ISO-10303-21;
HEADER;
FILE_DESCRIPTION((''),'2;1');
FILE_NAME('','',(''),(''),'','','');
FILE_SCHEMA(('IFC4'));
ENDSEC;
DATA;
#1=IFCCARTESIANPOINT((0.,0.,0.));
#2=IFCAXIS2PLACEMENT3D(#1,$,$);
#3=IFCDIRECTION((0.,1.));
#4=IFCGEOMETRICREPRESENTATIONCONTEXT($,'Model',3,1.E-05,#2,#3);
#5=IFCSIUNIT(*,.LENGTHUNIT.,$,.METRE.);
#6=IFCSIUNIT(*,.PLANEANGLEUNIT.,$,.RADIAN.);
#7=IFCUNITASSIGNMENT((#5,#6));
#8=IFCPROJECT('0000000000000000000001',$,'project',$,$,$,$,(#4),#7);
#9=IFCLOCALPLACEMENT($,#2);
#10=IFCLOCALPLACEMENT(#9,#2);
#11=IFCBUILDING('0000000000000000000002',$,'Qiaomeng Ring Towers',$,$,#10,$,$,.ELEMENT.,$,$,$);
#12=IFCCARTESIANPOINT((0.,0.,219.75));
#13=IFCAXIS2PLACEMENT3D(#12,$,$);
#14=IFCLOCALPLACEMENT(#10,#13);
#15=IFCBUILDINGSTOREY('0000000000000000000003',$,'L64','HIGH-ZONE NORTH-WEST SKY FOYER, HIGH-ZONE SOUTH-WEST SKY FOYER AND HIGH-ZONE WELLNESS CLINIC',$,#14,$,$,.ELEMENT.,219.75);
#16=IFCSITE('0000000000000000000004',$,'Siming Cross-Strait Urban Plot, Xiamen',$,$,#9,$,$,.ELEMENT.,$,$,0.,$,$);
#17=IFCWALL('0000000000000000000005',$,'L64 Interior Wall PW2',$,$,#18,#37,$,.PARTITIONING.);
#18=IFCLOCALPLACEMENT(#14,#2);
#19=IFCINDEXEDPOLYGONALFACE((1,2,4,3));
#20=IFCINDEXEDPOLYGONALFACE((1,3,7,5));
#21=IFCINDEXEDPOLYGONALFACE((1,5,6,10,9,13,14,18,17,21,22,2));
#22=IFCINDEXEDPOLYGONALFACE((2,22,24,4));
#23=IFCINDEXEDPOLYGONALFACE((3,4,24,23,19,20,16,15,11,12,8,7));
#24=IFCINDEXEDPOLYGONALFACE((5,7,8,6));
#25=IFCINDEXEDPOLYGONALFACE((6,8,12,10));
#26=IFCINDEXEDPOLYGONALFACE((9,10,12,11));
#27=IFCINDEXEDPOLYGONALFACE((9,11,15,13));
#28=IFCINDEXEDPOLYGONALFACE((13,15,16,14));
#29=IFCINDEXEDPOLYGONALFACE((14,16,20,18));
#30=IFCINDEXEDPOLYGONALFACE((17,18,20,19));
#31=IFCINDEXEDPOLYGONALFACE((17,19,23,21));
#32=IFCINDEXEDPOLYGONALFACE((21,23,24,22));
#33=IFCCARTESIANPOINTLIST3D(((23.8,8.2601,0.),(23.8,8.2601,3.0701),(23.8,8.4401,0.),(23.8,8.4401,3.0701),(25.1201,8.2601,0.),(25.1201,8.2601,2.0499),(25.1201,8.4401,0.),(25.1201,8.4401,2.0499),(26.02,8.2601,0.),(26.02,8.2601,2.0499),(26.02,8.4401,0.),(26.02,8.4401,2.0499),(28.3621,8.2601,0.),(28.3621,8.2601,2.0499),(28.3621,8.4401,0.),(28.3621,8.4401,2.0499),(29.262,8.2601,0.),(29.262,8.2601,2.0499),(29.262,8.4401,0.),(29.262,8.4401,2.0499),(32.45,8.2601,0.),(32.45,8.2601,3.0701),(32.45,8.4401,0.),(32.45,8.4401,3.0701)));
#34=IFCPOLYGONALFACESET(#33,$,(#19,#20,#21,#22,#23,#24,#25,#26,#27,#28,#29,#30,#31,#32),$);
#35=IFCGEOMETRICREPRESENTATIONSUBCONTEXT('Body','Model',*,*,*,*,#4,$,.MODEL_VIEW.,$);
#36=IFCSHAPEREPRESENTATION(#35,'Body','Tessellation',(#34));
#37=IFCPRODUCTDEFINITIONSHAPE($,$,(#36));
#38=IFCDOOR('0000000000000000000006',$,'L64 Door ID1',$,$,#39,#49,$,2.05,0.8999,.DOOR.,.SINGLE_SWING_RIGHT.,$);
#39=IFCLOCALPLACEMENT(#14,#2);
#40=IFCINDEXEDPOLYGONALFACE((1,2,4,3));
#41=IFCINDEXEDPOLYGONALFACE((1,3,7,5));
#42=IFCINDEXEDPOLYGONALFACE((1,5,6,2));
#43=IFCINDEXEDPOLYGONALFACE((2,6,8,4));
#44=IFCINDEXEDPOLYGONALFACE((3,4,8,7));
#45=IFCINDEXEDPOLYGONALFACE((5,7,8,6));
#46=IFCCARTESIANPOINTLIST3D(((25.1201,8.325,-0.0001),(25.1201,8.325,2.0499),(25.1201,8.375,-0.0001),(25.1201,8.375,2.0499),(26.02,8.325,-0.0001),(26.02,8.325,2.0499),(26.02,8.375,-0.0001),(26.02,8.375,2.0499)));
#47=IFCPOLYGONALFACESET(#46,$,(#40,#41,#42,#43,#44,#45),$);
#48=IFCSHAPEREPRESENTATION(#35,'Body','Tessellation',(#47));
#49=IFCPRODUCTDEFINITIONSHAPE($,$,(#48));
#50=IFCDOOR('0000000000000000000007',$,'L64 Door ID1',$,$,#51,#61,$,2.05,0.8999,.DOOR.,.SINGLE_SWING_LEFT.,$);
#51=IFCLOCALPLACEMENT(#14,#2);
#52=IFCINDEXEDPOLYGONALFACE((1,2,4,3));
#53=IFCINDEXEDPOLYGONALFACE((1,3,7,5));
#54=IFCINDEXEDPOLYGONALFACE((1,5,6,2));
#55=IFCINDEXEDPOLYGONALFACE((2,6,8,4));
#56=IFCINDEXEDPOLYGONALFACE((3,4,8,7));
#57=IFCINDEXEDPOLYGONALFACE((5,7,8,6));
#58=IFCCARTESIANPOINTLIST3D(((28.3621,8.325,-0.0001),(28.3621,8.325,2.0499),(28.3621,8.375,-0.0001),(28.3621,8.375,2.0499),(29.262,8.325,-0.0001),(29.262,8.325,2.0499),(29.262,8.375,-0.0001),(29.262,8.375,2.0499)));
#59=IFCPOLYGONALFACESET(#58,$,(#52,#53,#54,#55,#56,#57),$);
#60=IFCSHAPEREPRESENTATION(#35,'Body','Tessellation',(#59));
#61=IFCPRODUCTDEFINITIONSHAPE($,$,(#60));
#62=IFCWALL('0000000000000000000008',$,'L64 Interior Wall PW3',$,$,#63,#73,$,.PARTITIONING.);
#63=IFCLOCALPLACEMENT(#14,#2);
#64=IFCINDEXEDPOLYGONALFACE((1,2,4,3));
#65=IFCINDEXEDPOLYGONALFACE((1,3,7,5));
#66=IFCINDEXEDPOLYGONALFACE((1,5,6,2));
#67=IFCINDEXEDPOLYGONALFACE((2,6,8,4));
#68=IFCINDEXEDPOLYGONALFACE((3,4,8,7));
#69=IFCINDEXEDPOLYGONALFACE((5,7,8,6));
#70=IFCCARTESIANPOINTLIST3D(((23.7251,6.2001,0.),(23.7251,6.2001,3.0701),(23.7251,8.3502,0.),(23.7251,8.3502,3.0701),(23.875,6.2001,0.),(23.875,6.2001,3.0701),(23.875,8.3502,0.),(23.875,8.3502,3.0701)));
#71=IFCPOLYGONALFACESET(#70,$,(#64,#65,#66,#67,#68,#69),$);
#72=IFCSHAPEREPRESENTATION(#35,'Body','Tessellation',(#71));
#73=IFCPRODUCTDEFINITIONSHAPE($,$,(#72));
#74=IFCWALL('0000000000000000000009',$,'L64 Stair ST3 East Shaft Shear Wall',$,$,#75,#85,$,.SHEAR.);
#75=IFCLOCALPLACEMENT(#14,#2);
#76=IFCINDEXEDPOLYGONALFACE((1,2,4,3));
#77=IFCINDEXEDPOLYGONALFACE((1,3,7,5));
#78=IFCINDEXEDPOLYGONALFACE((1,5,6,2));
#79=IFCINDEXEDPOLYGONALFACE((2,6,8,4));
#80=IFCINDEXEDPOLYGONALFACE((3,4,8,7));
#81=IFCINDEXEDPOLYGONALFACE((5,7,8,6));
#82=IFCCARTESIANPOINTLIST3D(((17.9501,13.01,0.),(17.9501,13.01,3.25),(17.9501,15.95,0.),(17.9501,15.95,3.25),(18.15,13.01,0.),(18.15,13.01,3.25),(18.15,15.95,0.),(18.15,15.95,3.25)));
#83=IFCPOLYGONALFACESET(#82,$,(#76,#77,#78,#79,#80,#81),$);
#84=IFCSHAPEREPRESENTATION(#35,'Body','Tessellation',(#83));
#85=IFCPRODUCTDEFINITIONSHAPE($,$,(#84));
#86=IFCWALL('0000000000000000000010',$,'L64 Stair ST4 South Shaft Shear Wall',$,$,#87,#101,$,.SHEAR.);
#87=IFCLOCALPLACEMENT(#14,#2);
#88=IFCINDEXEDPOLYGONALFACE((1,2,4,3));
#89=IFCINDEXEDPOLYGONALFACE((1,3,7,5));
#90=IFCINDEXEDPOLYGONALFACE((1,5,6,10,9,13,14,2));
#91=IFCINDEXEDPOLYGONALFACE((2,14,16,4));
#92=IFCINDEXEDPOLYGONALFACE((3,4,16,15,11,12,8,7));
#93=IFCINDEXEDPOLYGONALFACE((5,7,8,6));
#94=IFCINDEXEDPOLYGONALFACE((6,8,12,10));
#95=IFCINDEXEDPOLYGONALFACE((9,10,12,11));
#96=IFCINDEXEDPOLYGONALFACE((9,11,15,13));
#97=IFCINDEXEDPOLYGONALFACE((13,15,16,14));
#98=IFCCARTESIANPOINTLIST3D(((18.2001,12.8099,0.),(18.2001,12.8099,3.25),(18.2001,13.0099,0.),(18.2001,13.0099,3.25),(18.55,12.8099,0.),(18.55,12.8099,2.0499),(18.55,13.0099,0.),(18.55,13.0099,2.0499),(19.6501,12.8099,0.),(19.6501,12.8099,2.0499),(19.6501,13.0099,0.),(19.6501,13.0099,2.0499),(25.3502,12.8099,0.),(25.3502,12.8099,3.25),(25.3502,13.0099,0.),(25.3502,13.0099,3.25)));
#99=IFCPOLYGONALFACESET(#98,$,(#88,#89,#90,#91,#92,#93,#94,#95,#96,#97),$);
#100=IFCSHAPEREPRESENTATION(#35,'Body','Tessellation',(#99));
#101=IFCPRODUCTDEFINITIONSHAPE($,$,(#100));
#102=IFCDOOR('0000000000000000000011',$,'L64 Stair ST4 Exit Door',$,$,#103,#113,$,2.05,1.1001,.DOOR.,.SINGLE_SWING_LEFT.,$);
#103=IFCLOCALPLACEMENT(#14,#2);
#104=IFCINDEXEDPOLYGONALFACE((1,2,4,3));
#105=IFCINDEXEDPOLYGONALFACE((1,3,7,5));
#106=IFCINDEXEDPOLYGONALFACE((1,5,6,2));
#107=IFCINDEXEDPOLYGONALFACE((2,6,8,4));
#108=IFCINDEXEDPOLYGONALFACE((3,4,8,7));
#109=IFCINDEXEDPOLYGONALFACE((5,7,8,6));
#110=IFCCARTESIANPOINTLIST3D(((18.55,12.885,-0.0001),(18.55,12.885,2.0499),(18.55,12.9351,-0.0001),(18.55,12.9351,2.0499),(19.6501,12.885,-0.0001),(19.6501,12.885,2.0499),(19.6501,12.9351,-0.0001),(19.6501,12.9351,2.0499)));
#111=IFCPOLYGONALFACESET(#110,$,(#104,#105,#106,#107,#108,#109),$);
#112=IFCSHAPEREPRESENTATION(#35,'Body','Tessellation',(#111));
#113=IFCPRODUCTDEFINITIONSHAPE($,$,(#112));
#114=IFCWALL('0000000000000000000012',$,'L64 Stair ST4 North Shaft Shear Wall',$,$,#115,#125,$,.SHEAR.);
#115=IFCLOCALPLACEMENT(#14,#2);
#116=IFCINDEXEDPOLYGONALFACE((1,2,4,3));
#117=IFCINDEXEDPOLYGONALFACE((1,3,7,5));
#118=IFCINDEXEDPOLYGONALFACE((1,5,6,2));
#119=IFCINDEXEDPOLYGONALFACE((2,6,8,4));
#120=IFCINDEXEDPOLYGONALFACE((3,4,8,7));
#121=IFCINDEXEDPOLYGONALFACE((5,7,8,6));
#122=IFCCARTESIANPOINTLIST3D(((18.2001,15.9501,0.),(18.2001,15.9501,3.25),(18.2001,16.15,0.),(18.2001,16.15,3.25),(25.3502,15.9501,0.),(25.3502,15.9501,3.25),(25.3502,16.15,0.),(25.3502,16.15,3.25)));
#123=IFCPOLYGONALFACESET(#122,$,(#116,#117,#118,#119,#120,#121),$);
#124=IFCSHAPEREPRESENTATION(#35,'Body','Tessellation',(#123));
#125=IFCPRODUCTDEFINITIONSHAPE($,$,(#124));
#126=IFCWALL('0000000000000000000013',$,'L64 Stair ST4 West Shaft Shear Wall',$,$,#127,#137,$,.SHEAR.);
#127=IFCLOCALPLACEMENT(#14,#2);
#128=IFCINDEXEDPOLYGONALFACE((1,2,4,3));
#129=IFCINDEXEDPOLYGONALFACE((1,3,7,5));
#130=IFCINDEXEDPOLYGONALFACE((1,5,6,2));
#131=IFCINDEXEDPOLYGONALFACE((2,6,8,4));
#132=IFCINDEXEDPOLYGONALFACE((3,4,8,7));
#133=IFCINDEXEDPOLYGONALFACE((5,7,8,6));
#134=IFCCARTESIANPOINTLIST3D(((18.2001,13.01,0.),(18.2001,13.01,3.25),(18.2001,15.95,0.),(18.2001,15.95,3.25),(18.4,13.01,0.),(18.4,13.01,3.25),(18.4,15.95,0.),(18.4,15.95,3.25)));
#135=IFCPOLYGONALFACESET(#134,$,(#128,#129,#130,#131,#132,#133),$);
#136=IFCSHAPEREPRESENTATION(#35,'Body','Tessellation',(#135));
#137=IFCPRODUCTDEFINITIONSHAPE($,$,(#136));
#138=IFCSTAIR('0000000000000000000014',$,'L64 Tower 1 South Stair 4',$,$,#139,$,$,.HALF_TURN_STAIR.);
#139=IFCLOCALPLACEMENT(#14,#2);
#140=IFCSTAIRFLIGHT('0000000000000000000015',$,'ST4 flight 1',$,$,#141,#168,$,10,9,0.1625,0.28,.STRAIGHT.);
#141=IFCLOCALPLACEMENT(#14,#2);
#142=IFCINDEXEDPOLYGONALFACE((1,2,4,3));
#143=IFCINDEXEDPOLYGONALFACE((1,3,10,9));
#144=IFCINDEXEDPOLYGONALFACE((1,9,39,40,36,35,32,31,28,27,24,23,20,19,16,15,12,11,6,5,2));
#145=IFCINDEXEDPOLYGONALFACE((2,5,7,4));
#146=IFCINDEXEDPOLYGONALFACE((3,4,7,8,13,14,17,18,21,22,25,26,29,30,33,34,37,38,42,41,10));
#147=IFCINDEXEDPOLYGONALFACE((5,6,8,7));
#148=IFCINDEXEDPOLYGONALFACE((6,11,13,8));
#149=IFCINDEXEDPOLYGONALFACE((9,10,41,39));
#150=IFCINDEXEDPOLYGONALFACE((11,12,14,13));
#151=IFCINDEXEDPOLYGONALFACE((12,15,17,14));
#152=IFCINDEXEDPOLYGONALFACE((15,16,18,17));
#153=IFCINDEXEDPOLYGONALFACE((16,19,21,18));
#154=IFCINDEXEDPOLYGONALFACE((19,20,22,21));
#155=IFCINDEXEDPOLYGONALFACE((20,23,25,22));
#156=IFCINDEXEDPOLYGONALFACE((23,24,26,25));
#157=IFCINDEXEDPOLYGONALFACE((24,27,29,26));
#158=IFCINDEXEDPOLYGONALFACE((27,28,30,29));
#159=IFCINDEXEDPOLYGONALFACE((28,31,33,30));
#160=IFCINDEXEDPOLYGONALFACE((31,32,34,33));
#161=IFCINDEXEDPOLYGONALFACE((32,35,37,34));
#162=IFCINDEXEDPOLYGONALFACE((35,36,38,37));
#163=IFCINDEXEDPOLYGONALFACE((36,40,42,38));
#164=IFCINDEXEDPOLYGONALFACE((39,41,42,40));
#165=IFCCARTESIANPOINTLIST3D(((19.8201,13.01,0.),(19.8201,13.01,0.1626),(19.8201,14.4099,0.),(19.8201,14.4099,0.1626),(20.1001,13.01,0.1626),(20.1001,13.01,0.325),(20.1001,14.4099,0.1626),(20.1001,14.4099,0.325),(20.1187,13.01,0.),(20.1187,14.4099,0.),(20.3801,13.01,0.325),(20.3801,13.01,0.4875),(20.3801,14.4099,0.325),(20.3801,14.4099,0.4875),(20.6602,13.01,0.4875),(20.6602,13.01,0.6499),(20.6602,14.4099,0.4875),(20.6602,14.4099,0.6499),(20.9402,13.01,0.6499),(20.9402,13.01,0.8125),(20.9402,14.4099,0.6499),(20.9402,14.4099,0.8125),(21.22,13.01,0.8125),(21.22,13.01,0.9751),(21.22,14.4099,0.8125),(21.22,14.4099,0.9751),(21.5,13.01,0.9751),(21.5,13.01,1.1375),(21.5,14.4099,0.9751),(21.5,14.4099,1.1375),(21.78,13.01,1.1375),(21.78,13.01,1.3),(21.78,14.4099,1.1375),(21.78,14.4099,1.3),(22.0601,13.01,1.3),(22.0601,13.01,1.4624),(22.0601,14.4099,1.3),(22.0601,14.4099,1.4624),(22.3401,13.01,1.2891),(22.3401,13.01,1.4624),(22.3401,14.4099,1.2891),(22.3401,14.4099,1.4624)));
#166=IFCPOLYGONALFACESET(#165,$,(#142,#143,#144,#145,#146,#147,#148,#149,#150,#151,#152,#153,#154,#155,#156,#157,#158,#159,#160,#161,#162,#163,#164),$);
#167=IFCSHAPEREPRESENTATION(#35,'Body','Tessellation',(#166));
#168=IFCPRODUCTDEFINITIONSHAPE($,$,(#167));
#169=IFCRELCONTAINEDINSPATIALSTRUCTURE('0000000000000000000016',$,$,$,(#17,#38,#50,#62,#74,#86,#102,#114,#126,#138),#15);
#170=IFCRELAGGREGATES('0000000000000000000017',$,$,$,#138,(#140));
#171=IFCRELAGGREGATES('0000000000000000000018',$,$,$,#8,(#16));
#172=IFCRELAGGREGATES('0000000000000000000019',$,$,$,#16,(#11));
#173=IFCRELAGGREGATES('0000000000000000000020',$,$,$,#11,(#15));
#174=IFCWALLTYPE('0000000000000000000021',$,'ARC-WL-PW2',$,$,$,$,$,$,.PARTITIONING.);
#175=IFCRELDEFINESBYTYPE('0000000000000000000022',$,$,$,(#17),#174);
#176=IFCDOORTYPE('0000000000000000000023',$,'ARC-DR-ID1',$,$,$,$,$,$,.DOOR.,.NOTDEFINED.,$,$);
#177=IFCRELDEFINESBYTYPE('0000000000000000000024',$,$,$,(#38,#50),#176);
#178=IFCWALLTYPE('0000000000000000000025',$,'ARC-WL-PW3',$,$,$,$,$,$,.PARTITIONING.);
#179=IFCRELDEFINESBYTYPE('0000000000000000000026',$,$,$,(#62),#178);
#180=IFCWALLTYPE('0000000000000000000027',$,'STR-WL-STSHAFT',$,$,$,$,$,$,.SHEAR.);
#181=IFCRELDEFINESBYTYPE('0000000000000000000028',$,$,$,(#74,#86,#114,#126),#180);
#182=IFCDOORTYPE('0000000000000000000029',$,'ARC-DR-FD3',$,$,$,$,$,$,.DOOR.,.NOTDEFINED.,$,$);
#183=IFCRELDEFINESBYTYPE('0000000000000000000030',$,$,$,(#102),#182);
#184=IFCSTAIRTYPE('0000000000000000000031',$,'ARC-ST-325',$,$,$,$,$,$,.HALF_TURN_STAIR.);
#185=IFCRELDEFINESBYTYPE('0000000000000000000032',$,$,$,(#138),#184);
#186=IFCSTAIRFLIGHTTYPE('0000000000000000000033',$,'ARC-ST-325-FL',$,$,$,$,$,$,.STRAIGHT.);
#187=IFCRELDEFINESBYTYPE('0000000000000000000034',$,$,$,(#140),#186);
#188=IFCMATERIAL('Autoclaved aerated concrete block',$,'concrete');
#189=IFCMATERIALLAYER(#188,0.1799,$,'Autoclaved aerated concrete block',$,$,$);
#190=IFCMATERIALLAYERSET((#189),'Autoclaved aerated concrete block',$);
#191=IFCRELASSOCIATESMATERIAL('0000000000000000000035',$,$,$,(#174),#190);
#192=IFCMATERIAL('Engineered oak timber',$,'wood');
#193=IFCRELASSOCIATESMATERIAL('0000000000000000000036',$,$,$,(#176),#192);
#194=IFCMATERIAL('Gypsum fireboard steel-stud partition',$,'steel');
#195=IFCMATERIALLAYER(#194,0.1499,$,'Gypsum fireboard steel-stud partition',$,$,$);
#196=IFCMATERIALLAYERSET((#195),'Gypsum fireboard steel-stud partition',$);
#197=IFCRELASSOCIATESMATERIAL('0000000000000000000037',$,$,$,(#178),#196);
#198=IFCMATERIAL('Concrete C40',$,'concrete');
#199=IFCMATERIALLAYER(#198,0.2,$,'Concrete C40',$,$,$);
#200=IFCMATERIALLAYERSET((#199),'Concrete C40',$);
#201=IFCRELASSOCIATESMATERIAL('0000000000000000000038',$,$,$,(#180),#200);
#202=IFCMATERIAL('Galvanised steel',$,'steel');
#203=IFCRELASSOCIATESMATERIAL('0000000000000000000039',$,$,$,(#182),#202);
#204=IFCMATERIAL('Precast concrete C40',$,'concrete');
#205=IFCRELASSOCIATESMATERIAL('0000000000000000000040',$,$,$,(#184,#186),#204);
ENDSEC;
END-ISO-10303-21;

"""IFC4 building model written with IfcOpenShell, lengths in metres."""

from ifc_helpers import new_model, si_unit, direction, frame, frame_2d, origin, place, context, subcontext, project, spatial, polyline, rectangle, outline, extrude, source, transform, mapped, material, layer, layer_set, type_object, element, fill, aggregate, save


model = new_model("IFC4")

# Units and contexts
model_context = context("Model", 3, precision=1e-05, world=origin(), true_north=direction((0.0, 1.0)))
body_context = subcontext(model_context, "Body", "Model", "MODEL_VIEW")
ifc_project = project(units=[si_unit("LENGTHUNIT", "METRE"), si_unit("PLANEANGLEUNIT", "RADIAN")], contexts=[model_context])

# Site, building, storey
site_placement = place(None, origin())
site = spatial("IfcSite", under=ifc_project, at=site_placement, Name="Siming Cross-Strait Urban Plot, Xiamen", CompositionType="ELEMENT", RefElevation=0.0)
building_placement = place(site_placement, origin())
building = spatial("IfcBuilding", under=site, at=building_placement, Name="Qiaomeng Ring Towers", CompositionType="ELEMENT")
storey_placement = place(building_placement, frame((0.0, 0.0, 219.75)))
storey = spatial("IfcBuildingStorey", under=building, at=storey_placement, Name="L64", Description="HIGH-ZONE NORTH-WEST SKY FOYER, HIGH-ZONE SOUTH-WEST SKY FOYER AND HIGH-ZONE WELLNESS CLINIC", CompositionType="ELEMENT", Elevation=219.75)

# Shared definitions
ifc_material_1 = material(Name="Autoclaved aerated concrete block", Category="concrete")

# Wall, openings, doors
ifc_layer_1 = layer(ifc_material_1, 0.1799, Name="Autoclaved aerated concrete block")
ifc_layer_set_1 = layer_set([ifc_layer_1], Name="Autoclaved aerated concrete block")
wall_type_1 = type_object("IfcWallType", Name="ARC-WL-PW2", PredefinedType="PARTITIONING", material=ifc_layer_set_1)
wall_1_placement = place(storey_placement, frame((23.8, 8.3501, 0.0), z_axis=(0.0, 0.0, 1.0), x_axis=(1.0, 0.0, 0.0)))
wall_1 = element("IfcWall", 1, at=wall_1_placement, inside=storey, type_object=wall_type_1, Name="L64 Interior Wall PW2", PredefinedType="PARTITIONING", context=body_context, shape_type="SweptSolid", body=[
    extrude(rectangle(XDim=8.6499, YDim=0.1799, at=frame_2d((4.325, 0.0))), origin(), (0.0, 0.0, 1.0), 3.0701),
])
opening_1_placement = place(wall_1_placement, frame((1.3201, 0.0, 0.0)))
opening_1 = element("IfcOpeningElement", 2, at=opening_1_placement, cuts=wall_1, PredefinedType="OPENING", context=body_context, shape_type="SweptSolid", body=[
    extrude(rectangle(XDim=0.8999, YDim=2.05, at=frame_2d((0.45, 1.0249))), frame((0.0, 0.0999, 0.0), z_axis=(0.0, -1.0, 0.0), x_axis=(1.0, 0.0, 0.0)), (0.0, 0.0, 1.0), 0.2),
])
opening_2_placement = place(wall_1_placement, frame((4.562, 0.0, 0.0)))
opening_2 = element("IfcOpeningElement", 3, at=opening_2_placement, cuts=wall_1, PredefinedType="OPENING", context=body_context, shape_type="SweptSolid", body=[
    extrude(rectangle(XDim=0.8999, YDim=2.05, at=frame_2d((0.45, 1.0249))), frame((0.0, 0.0999, 0.0), z_axis=(0.0, -1.0, 0.0), x_axis=(1.0, 0.0, 0.0)), (0.0, 0.0, 1.0), 0.2),
])
ifc_material_2 = material(Name="Engineered oak timber", Category="wood")
door_type_1 = type_object("IfcDoorType", Name="ARC-DR-ID1", OperationType="NOTDEFINED", PredefinedType="DOOR", material=ifc_material_2)
shared_shape_1 = source(origin(), body_context, "Body", "SweptSolid", [
    extrude(rectangle(XDim=0.8999, YDim=2.05, at=frame_2d((0.45, 1.0249))), frame((0.0, 0.0249, 0.0), z_axis=(0.0, -1.0, 0.0), x_axis=(1.0, 0.0, 0.0)), (0.0, 0.0, 1.0), 0.05),
])
door_1_placement = place(opening_1_placement, origin())
door_1 = element("IfcDoor", 4, at=door_1_placement, inside=storey, type_object=door_type_1, Name="L64 Door ID1", OperationType="SINGLE_SWING_RIGHT", OverallHeight=2.05, OverallWidth=0.8999, PredefinedType="DOOR", context=body_context, shape_type="MappedRepresentation", body=[
    mapped(shared_shape_1, transform((0.0, 0.0, 0.0), x_axis=(1.0, 0.0, 0.0), y_axis=(0.0, 1.0, 0.0), z_axis=(0.0, 0.0, 1.0), scale=1.0)),
])
fill(opening_1, door_1)
door_2_placement = place(opening_2_placement, origin())
door_2 = element("IfcDoor", 5, at=door_2_placement, inside=storey, type_object=door_type_1, Name="L64 Door ID1", OperationType="SINGLE_SWING_LEFT", OverallHeight=2.05, OverallWidth=0.8999, PredefinedType="DOOR", context=body_context, shape_type="MappedRepresentation", body=[
    mapped(shared_shape_1, transform((0.0, 0.0, 0.0), x_axis=(1.0, 0.0, 0.0), y_axis=(0.0, 1.0, 0.0), z_axis=(0.0, 0.0, 1.0), scale=1.0)),
])
fill(opening_2, door_2)

# Walls
ifc_material_3 = material(Name="Gypsum fireboard steel-stud partition", Category="steel")
ifc_layer_2 = layer(ifc_material_3, 0.1499, Name="Gypsum fireboard steel-stud partition")
ifc_layer_set_2 = layer_set([ifc_layer_2], Name="Gypsum fireboard steel-stud partition")
wall_type_2 = type_object("IfcWallType", Name="ARC-WL-PW3", PredefinedType="PARTITIONING", material=ifc_layer_set_2)
wall_2_placement = place(storey_placement, frame((23.8, 6.2, 0.0), z_axis=(0.0, 0.0, 1.0), x_axis=(0.0, 1.0, 0.0)))
element("IfcWall", 6, at=wall_2_placement, inside=storey, type_object=wall_type_2, Name="L64 Interior Wall PW3", PredefinedType="PARTITIONING", context=body_context, shape_type="SweptSolid", body=[
    extrude(rectangle(XDim=2.1501, YDim=0.1499, at=frame_2d((1.0752, 0.0))), origin(), (0.0, 0.0, 1.0), 3.0701),
])
ifc_material_4 = material(Name="Concrete C40", Category="concrete")
ifc_layer_3 = layer(ifc_material_4, 0.2, Name="Concrete C40")
ifc_layer_set_3 = layer_set([ifc_layer_3], Name="Concrete C40")
wall_type_3 = type_object("IfcWallType", Name="STR-WL-STSHAFT", PredefinedType="SHEAR", material=ifc_layer_set_3)
wall_3_placement = place(storey_placement, frame((18.05, 13.01, 0.0), z_axis=(0.0, 0.0, 1.0), x_axis=(0.0, 1.0, 0.0)))
element("IfcWall", 7, at=wall_3_placement, inside=storey, type_object=wall_type_3, Name="L64 Stair ST3 East Shaft Shear Wall", PredefinedType="SHEAR", context=body_context, shape_type="SweptSolid", body=[
    extrude(rectangle(XDim=2.9399, YDim=0.2, at=frame_2d((1.47, 0.0))), origin(), (0.0, 0.0, 1.0), 3.25),
])

# Wall, opening, door
wall_4_placement = place(storey_placement, frame((18.2, 12.9099, 0.0), z_axis=(0.0, 0.0, 1.0), x_axis=(1.0, 0.0, 0.0)))
wall_4 = element("IfcWall", 8, at=wall_4_placement, inside=storey, type_object=wall_type_3, Name="L64 Stair ST4 South Shaft Shear Wall", PredefinedType="SHEAR", context=body_context, shape_type="SweptSolid", body=[
    extrude(rectangle(XDim=7.1501, YDim=0.2, at=frame_2d((3.5752, 0.0))), origin(), (0.0, 0.0, 1.0), 3.25),
])
opening_3_placement = place(wall_4_placement, frame((0.3501, 0.0, 0.0)))
opening_3 = element("IfcOpeningElement", 9, at=opening_3_placement, cuts=wall_4, PredefinedType="OPENING", context=body_context, shape_type="SweptSolid", body=[
    extrude(rectangle(XDim=1.1001, YDim=2.05, at=frame_2d((0.55, 1.0249))), frame((0.0, 0.1099, 0.0), z_axis=(0.0, -1.0, 0.0), x_axis=(1.0, 0.0, 0.0)), (0.0, 0.0, 1.0), 0.22),
])
ifc_material_5 = material(Name="Galvanised steel", Category="steel")
door_type_2 = type_object("IfcDoorType", Name="ARC-DR-FD3", OperationType="NOTDEFINED", PredefinedType="DOOR", material=ifc_material_5)
shared_shape_2 = source(origin(), body_context, "Body", "SweptSolid", [
    extrude(rectangle(XDim=1.1001, YDim=2.05, at=frame_2d((0.55, 1.0249))), frame((0.0, 0.0249, 0.0), z_axis=(0.0, -1.0, 0.0), x_axis=(1.0, 0.0, 0.0)), (0.0, 0.0, 1.0), 0.05),
])
door_3_placement = place(opening_3_placement, frame((1.1001, 0.0, 0.0), z_axis=(0.0, 0.0, 1.0), x_axis=(-1.0, 0.0, 0.0)))
door_3 = element("IfcDoor", 10, at=door_3_placement, inside=storey, type_object=door_type_2, Name="L64 Stair ST4 Exit Door", OperationType="SINGLE_SWING_LEFT", OverallHeight=2.05, OverallWidth=1.1001, PredefinedType="DOOR", context=body_context, shape_type="MappedRepresentation", body=[
    mapped(shared_shape_2, transform((0.0, 0.0, 0.0), x_axis=(1.0, 0.0, 0.0), y_axis=(0.0, 1.0, 0.0), z_axis=(0.0, 0.0, 1.0), scale=1.0)),
])
fill(opening_3, door_3)

# Walls
wall_5_placement = place(storey_placement, frame((18.2, 16.05, 0.0), z_axis=(0.0, 0.0, 1.0), x_axis=(1.0, 0.0, 0.0)))
element("IfcWall", 11, at=wall_5_placement, inside=storey, type_object=wall_type_3, Name="L64 Stair ST4 North Shaft Shear Wall", PredefinedType="SHEAR", context=body_context, shape_type="SweptSolid", body=[
    extrude(rectangle(XDim=7.1501, YDim=0.2, at=frame_2d((3.5752, 0.0))), origin(), (0.0, 0.0, 1.0), 3.25),
])
wall_6_placement = place(storey_placement, frame((18.3, 13.01, 0.0), z_axis=(0.0, 0.0, 1.0), x_axis=(0.0, 1.0, 0.0)))
element("IfcWall", 12, at=wall_6_placement, inside=storey, type_object=wall_type_3, Name="L64 Stair ST4 West Shaft Shear Wall", PredefinedType="SHEAR", context=body_context, shape_type="SweptSolid", body=[
    extrude(rectangle(XDim=2.9399, YDim=0.2, at=frame_2d((1.47, 0.0))), origin(), (0.0, 0.0, 1.0), 3.25),
])

# Stair, stair flight
ifc_material_6 = material(Name="Precast concrete C40", Category="concrete")
stair_type = type_object("IfcStairType", Name="ARC-ST-325", PredefinedType="HALF_TURN_STAIR", material=ifc_material_6)
stair_placement = place(storey_placement, origin())
stair = element("IfcStair", 13, at=stair_placement, inside=storey, type_object=stair_type, Name="L64 Tower 1 South Stair 4", PredefinedType="HALF_TURN_STAIR")
stair_flight_type = type_object("IfcStairFlightType", Name="ARC-ST-325-FL", PredefinedType="STRAIGHT", material=ifc_material_6)
shared_shape_3 = source(origin(), body_context, "Body", "SweptSolid", [
    extrude(outline(polyline([(0.0, 0.0), (0.0, 0.1626), (0.28, 0.1626), (0.28, 0.325), (0.5601, 0.325), (0.5601, 0.4875), (0.8401, 0.4875), (0.8401, 0.6499), (1.1201, 0.6499), (1.1201, 0.8125), (1.3999, 0.8125), (1.3999, 0.9751), (1.6799, 0.9751), (1.6799, 1.1375), (1.96, 1.1375), (1.96, 1.3), (2.24, 1.3), (2.24, 1.4624), (2.52, 1.4624), (2.52, 1.625), (2.52, 1.2891), (0.2986, 0.0), (0.0, 0.0)])), frame((0.0, 0.7, 0.0), z_axis=(0.0, -1.0, 0.0), x_axis=(1.0, 0.0, 0.0)), (0.0, 0.0, 1.0), 1.3999),
])
stair_flight_1_placement = place(storey_placement, frame((19.8201, 13.71, 0.0), z_axis=(0.0, 0.0, 1.0), x_axis=(1.0, 0.0, 0.0)))
stair_flight_1 = element("IfcStairFlight", 14, at=stair_flight_1_placement, type_object=stair_flight_type, Name="ST4 flight 1", NumberOfRisers=10, NumberOfTreads=9, PredefinedType="STRAIGHT", RiserHeight=0.1625, TreadLength=0.28, context=body_context, shape_type="MappedRepresentation", body=[
    mapped(shared_shape_3, transform((0.0, 0.0, 0.0), x_axis=(1.0, 0.0, 0.0), y_axis=(0.0, 1.0, 0.0), z_axis=(0.0, 0.0, 1.0), scale=1.0)),
])
aggregate(stair, [stair_flight_1])

save(model, "model.ifc")
